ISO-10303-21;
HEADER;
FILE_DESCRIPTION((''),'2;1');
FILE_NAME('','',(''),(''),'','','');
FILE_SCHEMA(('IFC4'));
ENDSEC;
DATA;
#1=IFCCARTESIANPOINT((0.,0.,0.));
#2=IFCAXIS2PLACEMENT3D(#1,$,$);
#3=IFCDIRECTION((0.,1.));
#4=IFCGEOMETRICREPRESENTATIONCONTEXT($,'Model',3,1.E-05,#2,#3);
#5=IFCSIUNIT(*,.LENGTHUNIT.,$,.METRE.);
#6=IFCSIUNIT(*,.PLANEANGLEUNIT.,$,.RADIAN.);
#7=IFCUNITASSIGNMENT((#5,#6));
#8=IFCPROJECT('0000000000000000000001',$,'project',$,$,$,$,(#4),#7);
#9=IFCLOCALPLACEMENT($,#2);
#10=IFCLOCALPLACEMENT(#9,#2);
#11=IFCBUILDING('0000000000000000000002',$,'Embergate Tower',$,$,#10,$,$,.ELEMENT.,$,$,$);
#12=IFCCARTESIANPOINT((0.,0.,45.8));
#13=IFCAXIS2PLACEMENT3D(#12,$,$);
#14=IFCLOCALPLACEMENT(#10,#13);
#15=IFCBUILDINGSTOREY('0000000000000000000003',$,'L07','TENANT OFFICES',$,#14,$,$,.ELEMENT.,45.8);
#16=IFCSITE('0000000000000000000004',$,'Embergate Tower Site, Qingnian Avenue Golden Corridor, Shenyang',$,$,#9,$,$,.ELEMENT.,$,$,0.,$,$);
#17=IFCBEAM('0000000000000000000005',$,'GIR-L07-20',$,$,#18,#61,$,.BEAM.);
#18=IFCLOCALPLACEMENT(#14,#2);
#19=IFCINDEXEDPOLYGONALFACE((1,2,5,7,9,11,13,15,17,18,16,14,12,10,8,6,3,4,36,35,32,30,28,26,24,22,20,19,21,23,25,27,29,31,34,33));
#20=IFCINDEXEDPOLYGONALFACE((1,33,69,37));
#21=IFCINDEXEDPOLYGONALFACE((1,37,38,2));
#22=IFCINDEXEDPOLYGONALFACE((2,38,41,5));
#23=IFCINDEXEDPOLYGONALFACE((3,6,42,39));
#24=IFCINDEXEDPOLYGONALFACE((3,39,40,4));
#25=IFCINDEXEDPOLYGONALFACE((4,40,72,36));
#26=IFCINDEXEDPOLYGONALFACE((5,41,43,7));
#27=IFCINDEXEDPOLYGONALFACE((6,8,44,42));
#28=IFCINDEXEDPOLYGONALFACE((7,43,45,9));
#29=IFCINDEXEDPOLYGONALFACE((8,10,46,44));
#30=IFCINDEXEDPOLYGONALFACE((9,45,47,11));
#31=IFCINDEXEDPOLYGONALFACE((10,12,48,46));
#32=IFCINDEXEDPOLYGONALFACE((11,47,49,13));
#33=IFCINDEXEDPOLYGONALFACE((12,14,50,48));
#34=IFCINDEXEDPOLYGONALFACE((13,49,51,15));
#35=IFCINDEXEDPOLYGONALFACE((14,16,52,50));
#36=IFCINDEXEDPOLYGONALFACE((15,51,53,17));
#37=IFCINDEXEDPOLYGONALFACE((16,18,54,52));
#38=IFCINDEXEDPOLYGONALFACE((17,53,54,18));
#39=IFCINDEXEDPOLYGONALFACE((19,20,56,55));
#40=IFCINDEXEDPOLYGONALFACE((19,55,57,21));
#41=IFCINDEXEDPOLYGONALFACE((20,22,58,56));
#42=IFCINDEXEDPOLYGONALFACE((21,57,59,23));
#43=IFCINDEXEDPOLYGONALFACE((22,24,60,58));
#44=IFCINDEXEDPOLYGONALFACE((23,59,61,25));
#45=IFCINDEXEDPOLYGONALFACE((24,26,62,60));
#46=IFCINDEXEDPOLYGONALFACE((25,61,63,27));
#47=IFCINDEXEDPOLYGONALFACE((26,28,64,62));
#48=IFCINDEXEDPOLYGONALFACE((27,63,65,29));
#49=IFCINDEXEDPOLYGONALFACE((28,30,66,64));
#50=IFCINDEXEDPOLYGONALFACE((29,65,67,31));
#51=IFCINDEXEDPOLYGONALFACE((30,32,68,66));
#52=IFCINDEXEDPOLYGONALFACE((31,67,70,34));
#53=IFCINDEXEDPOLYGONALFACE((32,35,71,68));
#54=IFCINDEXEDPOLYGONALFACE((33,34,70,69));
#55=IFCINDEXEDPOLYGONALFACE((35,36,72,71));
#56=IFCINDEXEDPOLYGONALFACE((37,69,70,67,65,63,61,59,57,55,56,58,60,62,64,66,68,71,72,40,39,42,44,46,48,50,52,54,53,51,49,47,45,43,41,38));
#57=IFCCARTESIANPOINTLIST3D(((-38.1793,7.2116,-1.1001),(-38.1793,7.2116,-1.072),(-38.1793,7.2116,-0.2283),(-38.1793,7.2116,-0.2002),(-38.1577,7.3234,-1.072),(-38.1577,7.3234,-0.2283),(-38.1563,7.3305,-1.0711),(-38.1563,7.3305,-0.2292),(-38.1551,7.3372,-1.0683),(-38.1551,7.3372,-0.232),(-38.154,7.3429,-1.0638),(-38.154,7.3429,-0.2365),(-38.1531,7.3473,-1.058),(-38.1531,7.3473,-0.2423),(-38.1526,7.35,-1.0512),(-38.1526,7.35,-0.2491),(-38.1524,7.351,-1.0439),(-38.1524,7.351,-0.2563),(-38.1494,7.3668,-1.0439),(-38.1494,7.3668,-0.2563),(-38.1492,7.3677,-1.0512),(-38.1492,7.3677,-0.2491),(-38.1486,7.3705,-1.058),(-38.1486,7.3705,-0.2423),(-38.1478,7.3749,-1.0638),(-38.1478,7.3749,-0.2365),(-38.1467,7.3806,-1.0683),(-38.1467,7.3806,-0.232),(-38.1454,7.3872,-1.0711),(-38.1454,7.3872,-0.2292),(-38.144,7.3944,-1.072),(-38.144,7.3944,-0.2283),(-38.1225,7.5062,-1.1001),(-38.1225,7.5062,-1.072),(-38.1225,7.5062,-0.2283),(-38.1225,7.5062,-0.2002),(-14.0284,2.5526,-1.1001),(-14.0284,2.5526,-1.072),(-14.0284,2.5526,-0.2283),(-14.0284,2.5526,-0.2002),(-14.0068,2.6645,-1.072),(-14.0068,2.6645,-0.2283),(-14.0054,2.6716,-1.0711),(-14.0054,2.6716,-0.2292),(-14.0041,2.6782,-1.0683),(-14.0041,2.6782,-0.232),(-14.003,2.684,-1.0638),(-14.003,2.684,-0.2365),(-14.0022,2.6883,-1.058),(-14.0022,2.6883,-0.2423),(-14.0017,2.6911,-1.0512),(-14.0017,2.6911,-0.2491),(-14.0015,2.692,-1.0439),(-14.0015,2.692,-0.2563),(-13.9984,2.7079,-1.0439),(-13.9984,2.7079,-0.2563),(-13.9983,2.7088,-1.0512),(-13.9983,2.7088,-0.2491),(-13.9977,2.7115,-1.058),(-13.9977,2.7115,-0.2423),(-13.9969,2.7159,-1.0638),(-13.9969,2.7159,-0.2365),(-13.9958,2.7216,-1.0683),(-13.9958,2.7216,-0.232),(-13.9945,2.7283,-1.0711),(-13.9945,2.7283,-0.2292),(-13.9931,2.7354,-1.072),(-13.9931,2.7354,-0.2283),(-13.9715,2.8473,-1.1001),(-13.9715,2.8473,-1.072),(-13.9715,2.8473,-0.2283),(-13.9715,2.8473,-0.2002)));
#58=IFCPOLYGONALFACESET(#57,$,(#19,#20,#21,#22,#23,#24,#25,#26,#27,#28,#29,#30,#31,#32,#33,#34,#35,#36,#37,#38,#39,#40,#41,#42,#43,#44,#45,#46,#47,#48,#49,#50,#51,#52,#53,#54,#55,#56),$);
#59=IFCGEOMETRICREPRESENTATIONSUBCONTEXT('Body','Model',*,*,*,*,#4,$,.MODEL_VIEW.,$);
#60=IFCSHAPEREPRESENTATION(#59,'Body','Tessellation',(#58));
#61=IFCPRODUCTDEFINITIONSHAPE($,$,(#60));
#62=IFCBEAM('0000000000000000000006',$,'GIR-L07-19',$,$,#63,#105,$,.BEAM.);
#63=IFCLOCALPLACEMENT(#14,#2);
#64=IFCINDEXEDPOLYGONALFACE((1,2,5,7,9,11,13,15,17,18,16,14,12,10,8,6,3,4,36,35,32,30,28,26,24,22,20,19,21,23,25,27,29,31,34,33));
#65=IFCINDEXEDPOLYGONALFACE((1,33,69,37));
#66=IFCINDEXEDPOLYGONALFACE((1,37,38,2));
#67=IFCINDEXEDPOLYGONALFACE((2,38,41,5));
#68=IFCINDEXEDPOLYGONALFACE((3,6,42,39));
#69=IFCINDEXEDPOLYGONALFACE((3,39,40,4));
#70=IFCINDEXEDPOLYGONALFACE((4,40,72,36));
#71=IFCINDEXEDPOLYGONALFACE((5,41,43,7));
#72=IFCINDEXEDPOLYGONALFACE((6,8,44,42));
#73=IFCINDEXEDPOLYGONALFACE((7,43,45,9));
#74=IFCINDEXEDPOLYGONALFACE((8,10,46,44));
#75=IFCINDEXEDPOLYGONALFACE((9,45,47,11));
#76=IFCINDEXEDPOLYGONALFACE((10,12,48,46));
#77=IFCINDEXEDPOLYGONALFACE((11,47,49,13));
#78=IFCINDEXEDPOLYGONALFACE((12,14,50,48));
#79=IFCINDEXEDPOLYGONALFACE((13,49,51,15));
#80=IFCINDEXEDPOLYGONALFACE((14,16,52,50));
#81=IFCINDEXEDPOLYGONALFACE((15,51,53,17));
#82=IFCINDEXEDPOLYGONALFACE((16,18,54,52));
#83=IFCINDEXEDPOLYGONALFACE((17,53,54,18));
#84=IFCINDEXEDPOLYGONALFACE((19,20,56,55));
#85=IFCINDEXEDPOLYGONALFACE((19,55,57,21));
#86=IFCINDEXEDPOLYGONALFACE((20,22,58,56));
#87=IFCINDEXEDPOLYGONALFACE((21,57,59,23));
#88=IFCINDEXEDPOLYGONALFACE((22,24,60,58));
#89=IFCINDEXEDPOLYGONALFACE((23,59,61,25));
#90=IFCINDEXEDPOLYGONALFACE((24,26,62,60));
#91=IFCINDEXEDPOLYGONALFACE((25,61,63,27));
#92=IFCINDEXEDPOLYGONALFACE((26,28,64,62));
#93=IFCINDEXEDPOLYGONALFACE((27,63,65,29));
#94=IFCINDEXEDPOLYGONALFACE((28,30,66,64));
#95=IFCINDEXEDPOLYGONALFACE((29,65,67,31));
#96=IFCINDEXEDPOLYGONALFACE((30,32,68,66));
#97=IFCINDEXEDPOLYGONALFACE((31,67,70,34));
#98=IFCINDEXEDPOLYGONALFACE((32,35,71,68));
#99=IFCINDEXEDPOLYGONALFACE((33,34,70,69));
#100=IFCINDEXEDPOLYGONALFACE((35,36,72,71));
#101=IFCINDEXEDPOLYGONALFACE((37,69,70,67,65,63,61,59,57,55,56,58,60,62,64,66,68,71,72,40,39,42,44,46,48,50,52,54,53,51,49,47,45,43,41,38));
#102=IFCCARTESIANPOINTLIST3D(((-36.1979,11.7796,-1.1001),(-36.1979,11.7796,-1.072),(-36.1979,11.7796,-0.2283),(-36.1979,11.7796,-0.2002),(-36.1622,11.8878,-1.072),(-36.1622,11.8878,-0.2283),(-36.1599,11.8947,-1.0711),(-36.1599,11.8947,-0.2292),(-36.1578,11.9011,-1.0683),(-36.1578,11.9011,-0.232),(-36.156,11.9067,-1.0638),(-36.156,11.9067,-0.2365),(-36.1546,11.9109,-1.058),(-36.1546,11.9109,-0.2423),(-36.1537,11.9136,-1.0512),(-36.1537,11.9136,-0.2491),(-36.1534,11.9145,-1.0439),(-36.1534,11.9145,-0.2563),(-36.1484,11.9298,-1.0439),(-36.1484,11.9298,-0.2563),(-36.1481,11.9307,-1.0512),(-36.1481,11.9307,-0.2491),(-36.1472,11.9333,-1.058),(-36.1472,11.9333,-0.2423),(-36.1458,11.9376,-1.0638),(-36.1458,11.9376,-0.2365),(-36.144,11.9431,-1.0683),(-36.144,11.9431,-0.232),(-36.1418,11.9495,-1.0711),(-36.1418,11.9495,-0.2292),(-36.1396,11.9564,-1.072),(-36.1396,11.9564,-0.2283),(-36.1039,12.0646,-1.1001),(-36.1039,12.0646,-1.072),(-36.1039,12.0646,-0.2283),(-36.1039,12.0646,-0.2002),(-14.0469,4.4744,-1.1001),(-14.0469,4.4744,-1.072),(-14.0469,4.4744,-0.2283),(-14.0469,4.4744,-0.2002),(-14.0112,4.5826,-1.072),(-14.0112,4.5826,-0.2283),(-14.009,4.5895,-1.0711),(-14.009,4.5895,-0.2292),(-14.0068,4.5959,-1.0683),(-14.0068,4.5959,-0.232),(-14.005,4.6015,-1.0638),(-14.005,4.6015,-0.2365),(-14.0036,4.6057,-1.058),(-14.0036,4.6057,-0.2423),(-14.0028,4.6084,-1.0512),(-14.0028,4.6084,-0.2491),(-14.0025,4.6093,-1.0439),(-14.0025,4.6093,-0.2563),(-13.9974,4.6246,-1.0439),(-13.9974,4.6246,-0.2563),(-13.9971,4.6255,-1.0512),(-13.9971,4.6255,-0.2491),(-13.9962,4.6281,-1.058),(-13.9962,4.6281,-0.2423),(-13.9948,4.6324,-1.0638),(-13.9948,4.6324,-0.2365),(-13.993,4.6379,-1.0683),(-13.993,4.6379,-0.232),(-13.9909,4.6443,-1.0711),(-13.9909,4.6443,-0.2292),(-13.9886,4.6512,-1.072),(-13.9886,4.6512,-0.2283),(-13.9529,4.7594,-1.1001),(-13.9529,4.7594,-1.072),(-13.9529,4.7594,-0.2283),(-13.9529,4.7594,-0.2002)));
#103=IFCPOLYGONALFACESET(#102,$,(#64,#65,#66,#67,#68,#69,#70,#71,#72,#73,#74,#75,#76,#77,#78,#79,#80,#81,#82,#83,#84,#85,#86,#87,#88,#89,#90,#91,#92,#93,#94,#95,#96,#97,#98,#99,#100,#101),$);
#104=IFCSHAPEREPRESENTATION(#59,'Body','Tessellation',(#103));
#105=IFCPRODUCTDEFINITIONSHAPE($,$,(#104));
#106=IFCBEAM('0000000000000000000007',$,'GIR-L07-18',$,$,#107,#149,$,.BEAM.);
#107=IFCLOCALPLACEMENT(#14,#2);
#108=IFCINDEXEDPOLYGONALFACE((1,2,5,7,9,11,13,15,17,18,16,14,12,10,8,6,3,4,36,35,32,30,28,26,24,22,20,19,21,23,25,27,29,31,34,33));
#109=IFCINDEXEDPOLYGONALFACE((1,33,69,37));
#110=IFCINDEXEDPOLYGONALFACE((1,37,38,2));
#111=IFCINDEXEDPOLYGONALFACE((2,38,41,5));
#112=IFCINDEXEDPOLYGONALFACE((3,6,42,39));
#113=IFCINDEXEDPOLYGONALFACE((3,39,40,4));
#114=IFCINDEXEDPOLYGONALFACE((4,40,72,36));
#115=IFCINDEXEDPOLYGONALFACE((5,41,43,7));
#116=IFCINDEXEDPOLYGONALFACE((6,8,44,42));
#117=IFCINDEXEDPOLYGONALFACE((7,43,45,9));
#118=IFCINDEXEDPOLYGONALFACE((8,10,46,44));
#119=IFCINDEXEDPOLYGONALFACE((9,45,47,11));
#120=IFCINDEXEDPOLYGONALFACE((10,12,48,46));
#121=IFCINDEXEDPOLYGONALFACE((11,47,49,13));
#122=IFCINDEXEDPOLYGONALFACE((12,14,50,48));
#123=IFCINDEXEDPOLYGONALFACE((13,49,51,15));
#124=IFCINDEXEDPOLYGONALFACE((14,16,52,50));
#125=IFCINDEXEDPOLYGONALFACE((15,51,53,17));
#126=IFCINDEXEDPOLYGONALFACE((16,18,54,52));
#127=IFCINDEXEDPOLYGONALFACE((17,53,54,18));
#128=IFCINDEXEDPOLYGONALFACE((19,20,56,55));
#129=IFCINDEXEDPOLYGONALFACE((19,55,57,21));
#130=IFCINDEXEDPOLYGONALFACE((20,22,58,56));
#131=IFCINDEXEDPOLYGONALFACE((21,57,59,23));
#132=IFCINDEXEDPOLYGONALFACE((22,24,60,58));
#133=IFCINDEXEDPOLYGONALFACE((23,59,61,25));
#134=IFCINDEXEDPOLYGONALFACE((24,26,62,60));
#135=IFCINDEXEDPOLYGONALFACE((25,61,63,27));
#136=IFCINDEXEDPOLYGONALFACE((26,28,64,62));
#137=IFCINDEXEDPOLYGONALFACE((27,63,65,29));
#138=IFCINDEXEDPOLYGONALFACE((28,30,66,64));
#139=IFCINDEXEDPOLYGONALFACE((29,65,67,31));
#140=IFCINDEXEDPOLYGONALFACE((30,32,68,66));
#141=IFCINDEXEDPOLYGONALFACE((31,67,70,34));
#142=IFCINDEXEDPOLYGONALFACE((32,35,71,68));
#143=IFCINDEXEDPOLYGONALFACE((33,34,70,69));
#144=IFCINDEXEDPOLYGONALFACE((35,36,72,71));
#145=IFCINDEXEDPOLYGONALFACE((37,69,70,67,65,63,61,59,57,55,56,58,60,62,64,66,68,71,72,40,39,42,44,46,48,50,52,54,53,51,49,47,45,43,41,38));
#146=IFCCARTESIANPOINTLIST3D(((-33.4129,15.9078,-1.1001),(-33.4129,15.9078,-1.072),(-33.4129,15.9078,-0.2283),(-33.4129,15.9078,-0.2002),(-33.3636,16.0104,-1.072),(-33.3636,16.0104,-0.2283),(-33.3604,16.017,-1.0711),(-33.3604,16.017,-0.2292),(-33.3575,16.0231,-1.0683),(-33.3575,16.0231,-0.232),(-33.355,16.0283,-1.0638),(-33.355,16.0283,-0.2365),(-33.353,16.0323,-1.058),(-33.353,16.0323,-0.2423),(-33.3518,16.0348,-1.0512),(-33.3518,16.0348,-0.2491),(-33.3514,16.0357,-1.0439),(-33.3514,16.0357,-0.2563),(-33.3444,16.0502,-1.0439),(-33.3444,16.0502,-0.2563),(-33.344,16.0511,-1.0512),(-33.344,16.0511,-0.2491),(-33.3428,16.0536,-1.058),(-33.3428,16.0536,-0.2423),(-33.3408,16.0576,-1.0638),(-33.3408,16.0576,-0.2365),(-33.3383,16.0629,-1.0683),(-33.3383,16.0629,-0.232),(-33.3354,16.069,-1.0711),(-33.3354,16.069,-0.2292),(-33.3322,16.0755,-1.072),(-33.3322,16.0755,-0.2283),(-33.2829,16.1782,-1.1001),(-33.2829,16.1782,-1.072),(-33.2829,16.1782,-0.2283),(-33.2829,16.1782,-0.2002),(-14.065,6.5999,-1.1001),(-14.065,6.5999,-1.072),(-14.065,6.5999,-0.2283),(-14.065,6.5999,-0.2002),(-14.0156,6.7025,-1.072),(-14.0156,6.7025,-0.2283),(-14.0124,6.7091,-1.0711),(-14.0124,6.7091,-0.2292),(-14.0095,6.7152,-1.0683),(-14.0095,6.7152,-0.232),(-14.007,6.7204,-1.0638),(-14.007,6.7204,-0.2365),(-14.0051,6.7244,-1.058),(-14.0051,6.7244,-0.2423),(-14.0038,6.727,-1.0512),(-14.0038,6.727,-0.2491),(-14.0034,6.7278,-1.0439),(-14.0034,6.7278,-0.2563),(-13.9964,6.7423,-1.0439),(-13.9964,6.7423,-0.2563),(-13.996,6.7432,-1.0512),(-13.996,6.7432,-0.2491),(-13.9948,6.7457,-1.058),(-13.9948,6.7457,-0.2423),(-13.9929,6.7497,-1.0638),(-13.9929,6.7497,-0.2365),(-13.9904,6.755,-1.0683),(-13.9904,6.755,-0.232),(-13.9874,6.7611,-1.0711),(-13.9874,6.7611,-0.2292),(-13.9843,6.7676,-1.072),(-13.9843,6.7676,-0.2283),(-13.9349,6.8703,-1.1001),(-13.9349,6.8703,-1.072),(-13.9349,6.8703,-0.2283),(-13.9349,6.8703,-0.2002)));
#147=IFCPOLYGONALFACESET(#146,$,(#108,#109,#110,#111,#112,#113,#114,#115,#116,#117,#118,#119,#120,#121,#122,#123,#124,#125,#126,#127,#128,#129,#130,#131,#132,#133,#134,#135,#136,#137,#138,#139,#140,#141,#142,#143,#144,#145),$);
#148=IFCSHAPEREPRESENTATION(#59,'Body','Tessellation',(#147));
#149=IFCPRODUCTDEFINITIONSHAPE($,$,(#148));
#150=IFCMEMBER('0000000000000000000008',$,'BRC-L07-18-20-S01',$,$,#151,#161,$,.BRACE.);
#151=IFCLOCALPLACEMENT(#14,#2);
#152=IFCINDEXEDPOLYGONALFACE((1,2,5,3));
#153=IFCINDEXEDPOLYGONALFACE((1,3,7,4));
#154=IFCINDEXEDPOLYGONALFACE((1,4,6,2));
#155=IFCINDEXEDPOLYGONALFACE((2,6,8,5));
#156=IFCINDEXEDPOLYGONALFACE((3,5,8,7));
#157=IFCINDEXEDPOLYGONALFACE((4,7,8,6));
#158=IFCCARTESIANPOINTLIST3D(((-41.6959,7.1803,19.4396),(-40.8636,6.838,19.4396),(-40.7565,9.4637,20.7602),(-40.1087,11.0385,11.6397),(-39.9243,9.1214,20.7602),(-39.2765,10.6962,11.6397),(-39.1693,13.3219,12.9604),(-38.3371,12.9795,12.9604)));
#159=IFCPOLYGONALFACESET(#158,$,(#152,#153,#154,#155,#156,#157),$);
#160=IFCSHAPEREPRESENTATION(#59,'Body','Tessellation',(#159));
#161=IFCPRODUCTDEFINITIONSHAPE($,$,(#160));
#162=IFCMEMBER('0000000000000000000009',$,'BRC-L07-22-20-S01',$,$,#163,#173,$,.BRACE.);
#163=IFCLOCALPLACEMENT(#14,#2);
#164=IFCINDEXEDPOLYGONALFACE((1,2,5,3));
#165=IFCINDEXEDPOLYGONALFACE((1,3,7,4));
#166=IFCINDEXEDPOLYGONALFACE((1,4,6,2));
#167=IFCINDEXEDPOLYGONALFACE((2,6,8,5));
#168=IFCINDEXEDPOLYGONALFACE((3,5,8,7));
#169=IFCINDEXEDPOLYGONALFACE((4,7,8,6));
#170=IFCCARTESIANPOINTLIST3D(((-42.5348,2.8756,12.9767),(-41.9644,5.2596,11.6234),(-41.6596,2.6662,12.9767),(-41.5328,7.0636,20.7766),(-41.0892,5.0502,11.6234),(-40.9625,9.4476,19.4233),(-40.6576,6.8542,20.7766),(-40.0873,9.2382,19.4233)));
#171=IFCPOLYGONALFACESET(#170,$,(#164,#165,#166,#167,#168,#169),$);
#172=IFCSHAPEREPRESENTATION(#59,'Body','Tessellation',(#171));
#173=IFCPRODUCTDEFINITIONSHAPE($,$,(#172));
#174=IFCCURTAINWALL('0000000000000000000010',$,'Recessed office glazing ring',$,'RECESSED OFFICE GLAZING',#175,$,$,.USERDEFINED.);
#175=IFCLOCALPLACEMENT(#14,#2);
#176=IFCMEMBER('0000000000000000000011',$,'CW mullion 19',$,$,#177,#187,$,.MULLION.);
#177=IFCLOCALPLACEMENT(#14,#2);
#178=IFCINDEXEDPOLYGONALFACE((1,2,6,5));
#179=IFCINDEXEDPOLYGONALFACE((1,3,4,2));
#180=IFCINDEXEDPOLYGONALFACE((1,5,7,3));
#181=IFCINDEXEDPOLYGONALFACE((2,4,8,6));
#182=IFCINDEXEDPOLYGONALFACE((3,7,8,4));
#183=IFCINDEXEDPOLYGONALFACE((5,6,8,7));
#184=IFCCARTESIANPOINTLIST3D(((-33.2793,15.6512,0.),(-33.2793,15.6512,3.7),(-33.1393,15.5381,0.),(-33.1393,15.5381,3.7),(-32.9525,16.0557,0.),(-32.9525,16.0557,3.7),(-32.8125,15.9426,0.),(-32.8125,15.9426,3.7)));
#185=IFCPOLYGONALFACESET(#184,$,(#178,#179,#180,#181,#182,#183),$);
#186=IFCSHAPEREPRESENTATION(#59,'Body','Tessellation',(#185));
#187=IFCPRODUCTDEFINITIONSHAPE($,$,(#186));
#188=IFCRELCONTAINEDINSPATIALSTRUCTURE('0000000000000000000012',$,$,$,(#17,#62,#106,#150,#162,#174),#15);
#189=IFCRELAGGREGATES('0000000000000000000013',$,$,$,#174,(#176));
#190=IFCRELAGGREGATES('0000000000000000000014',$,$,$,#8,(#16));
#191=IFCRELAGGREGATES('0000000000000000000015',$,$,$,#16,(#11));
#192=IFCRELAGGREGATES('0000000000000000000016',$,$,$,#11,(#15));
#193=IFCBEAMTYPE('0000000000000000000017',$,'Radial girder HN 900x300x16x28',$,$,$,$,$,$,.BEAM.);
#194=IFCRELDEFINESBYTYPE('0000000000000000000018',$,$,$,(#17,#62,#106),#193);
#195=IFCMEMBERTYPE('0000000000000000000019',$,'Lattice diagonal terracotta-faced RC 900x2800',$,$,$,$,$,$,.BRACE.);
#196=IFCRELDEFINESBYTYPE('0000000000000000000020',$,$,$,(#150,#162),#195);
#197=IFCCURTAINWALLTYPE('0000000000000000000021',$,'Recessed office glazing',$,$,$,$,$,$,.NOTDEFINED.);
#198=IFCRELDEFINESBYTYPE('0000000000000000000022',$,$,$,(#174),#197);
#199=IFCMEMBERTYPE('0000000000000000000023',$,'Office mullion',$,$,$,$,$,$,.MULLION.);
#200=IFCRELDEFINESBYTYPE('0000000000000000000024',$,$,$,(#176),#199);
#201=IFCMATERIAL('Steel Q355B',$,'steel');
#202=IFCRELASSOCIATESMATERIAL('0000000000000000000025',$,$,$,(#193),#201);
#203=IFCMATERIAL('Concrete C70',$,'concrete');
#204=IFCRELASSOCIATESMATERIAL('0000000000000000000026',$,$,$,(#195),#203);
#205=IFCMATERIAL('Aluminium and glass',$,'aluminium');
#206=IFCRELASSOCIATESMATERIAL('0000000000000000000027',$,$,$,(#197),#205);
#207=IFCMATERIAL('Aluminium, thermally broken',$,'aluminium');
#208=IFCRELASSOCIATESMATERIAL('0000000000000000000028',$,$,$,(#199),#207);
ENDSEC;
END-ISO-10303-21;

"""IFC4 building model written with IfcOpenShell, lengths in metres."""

from ifc_helpers import new_model, si_unit, direction, frame, origin, origin_2d, place, context, subcontext, project, spatial, rectangle, i_section, extrude, source, transform, mapped, material, material_profile, profile_set, type_object, element, aggregate, save


model = new_model("IFC4")

# Units and contexts
model_context = context("Model", 3, precision=1e-05, world=origin(), true_north=direction((0.0, 1.0)))
body_context = subcontext(model_context, "Body", "Model", "MODEL_VIEW")
ifc_project = project(units=[si_unit("LENGTHUNIT", "METRE"), si_unit("PLANEANGLEUNIT", "RADIAN")], contexts=[model_context])

# Site, building, storey
site_placement = place(None, origin())
site = spatial("IfcSite", under=ifc_project, at=site_placement, Name="Embergate Tower Site, Qingnian Avenue Golden Corridor, Shenyang", CompositionType="ELEMENT", RefElevation=0.0)
building_placement = place(site_placement, origin())
building = spatial("IfcBuilding", under=site, at=building_placement, Name="Embergate Tower", CompositionType="ELEMENT")
storey_placement = place(building_placement, frame((0.0, 0.0, 45.8)))
storey = spatial("IfcBuildingStorey", under=building, at=storey_placement, Name="L07", Description="TENANT OFFICES", CompositionType="ELEMENT", Elevation=45.8)

# Shared definitions
ifc_material_1 = material(Name="Concrete C70", Category="concrete")

# Beams
ifc_material_2 = material(Name="Steel Q355B", Category="steel")
ifc_material_profile_1 = material_profile(ifc_material_2, i_section(OverallWidth=0.3, OverallDepth=0.8999, WebThickness=0.0161, FlangeThickness=0.0281, FilletRadius=0.0281, at=origin_2d()), Name="HN 900x300x16x28")
ifc_profile_set_1 = profile_set([ifc_material_profile_1], Name="Steel Q355 grade B")
beam_type_1 = type_object("IfcBeamType", Name="Radial girder HN 900x300x16x28", PredefinedType="BEAM", material=ifc_profile_set_1)
shared_shape_1 = source(origin(), body_context, "Body", "SweptSolid", [
    extrude(i_section(OverallWidth=0.3, OverallDepth=0.8999, WebThickness=0.0161, FlangeThickness=0.0281, FilletRadius=0.0281, at=origin_2d()), origin(), (0.0, 0.0, 1.0), 24.5962),
])
beam_1_placement = place(storey_placement, frame((-38.1509, 7.3589, -0.6501), z_axis=(0.981897, -0.189417, 0.0), x_axis=(0.189417, 0.981897, 0.0)))
element("IfcBeam", 1, at=beam_1_placement, inside=storey, type_object=beam_type_1, Name="GIR-L07-20", PredefinedType="BEAM", context=body_context, shape_type="MappedRepresentation", body=[
    mapped(shared_shape_1, transform((0.0, 0.0, 0.0))),
])
shared_shape_2 = source(origin(), body_context, "Body", "SweptSolid", [
    extrude(i_section(OverallWidth=0.3, OverallDepth=0.8999, WebThickness=0.0161, FlangeThickness=0.0281, FilletRadius=0.0281, at=origin_2d()), origin(), (0.0, 0.0, 1.0), 23.3245),
])
beam_2_placement = place(storey_placement, frame((-36.1509, 11.9221, -0.6501), z_axis=(0.949688, -0.313199, 0.0), x_axis=(0.313199, 0.949688, 0.0)))
element("IfcBeam", 2, at=beam_2_placement, inside=storey, type_object=beam_type_1, Name="GIR-L07-19", PredefinedType="BEAM", context=body_context, shape_type="MappedRepresentation", body=[
    mapped(shared_shape_2, transform((0.0, 0.0, 0.0))),
])
shared_shape_3 = source(origin(), body_context, "Body", "SweptSolid", [
    extrude(i_section(OverallWidth=0.3, OverallDepth=0.8999, WebThickness=0.0161, FlangeThickness=0.0281, FilletRadius=0.0281, at=origin_2d()), origin(), (0.0, 0.0, 1.0), 21.4705),
])
beam_3_placement = place(storey_placement, frame((-33.3479, 16.043, -0.6501), z_axis=(0.901144, -0.433521, 0.0), x_axis=(0.433521, 0.901144, 0.0)))
element("IfcBeam", 3, at=beam_3_placement, inside=storey, type_object=beam_type_1, Name="GIR-L07-18", PredefinedType="BEAM", context=body_context, shape_type="MappedRepresentation", body=[
    mapped(shared_shape_3, transform((0.0, 0.0, 0.0))),
])

# Members
ifc_material_profile_2 = material_profile(ifc_material_1, rectangle(XDim=0.8999, YDim=2.8, at=origin_2d()), Name="RC 900x2800")
ifc_profile_set_2 = profile_set([ifc_material_profile_2], Name="Concrete C70")
member_type_1 = type_object("IfcMemberType", Name="Lattice diagonal terracotta-faced RC 900x2800", PredefinedType="BRACE", material=ifc_profile_set_2)
shared_shape_4 = source(origin(), body_context, "Body", "SweptSolid", [
    extrude(rectangle(XDim=0.8999, YDim=2.8, at=origin_2d()), origin(), (0.0, 0.0, 1.0), 8.8455),
])
member_1_placement = place(storey_placement, frame((-39.2229, 12.009, 12.3), z_axis=(-0.179433, -0.436176, 0.881791), x_axis=(0.924804, -0.380444, 0.0)))
element("IfcMember", 4, at=member_1_placement, inside=storey, type_object=member_type_1, Name="BRC-L07-18-20-S01", PredefinedType="BRACE", context=body_context, shape_type="MappedRepresentation", body=[
    mapped(shared_shape_4, transform((0.0, 0.0, 0.0))),
])
shared_shape_5 = source(origin(), body_context, "Body", "SweptSolid", [
    extrude(rectangle(XDim=0.8999, YDim=2.8, at=origin_2d()), origin(), (0.0, 0.0, 1.0), 8.9097),
])
member_2_placement = place(storey_placement, frame((-41.812, 3.9629, 12.3), z_axis=(0.112458, 0.470056, 0.875443), x_axis=(-0.972554, 0.232678, 0.0)))
element("IfcMember", 5, at=member_2_placement, inside=storey, type_object=member_type_1, Name="BRC-L07-22-20-S01", PredefinedType="BRACE", context=body_context, shape_type="MappedRepresentation", body=[
    mapped(shared_shape_5, transform((0.0, 0.0, 0.0))),
])

# Curtain wall, member
ifc_material_3 = material(Name="Aluminium and glass", Category="aluminium")
curtain_wall_type = type_object("IfcCurtainWallType", Name="Recessed office glazing", PredefinedType="NOTDEFINED", material=ifc_material_3)
curtain_wall_placement = place(storey_placement, origin())
curtain_wall = element("IfcCurtainWall", 6, at=curtain_wall_placement, inside=storey, type_object=curtain_wall_type, Name="Recessed office glazing ring", ObjectType="RECESSED OFFICE GLAZING", PredefinedType="USERDEFINED")
ifc_material_4 = material(Name="Aluminium, thermally broken", Category="aluminium")
ifc_material_profile_3 = material_profile(ifc_material_4, rectangle(XDim=0.1799, YDim=0.52, at=origin_2d()), Name="AL 520x180")
ifc_profile_set_3 = profile_set([ifc_material_profile_3], Name="Aluminium, thermally broken")
member_type_2 = type_object("IfcMemberType", Name="Office mullion", PredefinedType="MULLION", material=ifc_profile_set_3)
shared_shape_6 = source(origin(), body_context, "Body", "SweptSolid", [
    extrude(rectangle(XDim=0.1799, YDim=0.52, at=origin_2d()), origin(), (0.0, 0.0, 1.0), 3.7),
])
member_3_placement = place(storey_placement, frame((-33.0459, 15.7969, 0.0), z_axis=(0.0, 0.0, 1.0), x_axis=(0.777876, -0.628418, 0.0)))
member_3 = element("IfcMember", 7, at=member_3_placement, type_object=member_type_2, Name="CW mullion 19", PredefinedType="MULLION", context=body_context, shape_type="MappedRepresentation", body=[
    mapped(shared_shape_6, transform((0.0, 0.0, 0.0))),
])
aggregate(curtain_wall, [member_3])

save(model, "model.ifc")
